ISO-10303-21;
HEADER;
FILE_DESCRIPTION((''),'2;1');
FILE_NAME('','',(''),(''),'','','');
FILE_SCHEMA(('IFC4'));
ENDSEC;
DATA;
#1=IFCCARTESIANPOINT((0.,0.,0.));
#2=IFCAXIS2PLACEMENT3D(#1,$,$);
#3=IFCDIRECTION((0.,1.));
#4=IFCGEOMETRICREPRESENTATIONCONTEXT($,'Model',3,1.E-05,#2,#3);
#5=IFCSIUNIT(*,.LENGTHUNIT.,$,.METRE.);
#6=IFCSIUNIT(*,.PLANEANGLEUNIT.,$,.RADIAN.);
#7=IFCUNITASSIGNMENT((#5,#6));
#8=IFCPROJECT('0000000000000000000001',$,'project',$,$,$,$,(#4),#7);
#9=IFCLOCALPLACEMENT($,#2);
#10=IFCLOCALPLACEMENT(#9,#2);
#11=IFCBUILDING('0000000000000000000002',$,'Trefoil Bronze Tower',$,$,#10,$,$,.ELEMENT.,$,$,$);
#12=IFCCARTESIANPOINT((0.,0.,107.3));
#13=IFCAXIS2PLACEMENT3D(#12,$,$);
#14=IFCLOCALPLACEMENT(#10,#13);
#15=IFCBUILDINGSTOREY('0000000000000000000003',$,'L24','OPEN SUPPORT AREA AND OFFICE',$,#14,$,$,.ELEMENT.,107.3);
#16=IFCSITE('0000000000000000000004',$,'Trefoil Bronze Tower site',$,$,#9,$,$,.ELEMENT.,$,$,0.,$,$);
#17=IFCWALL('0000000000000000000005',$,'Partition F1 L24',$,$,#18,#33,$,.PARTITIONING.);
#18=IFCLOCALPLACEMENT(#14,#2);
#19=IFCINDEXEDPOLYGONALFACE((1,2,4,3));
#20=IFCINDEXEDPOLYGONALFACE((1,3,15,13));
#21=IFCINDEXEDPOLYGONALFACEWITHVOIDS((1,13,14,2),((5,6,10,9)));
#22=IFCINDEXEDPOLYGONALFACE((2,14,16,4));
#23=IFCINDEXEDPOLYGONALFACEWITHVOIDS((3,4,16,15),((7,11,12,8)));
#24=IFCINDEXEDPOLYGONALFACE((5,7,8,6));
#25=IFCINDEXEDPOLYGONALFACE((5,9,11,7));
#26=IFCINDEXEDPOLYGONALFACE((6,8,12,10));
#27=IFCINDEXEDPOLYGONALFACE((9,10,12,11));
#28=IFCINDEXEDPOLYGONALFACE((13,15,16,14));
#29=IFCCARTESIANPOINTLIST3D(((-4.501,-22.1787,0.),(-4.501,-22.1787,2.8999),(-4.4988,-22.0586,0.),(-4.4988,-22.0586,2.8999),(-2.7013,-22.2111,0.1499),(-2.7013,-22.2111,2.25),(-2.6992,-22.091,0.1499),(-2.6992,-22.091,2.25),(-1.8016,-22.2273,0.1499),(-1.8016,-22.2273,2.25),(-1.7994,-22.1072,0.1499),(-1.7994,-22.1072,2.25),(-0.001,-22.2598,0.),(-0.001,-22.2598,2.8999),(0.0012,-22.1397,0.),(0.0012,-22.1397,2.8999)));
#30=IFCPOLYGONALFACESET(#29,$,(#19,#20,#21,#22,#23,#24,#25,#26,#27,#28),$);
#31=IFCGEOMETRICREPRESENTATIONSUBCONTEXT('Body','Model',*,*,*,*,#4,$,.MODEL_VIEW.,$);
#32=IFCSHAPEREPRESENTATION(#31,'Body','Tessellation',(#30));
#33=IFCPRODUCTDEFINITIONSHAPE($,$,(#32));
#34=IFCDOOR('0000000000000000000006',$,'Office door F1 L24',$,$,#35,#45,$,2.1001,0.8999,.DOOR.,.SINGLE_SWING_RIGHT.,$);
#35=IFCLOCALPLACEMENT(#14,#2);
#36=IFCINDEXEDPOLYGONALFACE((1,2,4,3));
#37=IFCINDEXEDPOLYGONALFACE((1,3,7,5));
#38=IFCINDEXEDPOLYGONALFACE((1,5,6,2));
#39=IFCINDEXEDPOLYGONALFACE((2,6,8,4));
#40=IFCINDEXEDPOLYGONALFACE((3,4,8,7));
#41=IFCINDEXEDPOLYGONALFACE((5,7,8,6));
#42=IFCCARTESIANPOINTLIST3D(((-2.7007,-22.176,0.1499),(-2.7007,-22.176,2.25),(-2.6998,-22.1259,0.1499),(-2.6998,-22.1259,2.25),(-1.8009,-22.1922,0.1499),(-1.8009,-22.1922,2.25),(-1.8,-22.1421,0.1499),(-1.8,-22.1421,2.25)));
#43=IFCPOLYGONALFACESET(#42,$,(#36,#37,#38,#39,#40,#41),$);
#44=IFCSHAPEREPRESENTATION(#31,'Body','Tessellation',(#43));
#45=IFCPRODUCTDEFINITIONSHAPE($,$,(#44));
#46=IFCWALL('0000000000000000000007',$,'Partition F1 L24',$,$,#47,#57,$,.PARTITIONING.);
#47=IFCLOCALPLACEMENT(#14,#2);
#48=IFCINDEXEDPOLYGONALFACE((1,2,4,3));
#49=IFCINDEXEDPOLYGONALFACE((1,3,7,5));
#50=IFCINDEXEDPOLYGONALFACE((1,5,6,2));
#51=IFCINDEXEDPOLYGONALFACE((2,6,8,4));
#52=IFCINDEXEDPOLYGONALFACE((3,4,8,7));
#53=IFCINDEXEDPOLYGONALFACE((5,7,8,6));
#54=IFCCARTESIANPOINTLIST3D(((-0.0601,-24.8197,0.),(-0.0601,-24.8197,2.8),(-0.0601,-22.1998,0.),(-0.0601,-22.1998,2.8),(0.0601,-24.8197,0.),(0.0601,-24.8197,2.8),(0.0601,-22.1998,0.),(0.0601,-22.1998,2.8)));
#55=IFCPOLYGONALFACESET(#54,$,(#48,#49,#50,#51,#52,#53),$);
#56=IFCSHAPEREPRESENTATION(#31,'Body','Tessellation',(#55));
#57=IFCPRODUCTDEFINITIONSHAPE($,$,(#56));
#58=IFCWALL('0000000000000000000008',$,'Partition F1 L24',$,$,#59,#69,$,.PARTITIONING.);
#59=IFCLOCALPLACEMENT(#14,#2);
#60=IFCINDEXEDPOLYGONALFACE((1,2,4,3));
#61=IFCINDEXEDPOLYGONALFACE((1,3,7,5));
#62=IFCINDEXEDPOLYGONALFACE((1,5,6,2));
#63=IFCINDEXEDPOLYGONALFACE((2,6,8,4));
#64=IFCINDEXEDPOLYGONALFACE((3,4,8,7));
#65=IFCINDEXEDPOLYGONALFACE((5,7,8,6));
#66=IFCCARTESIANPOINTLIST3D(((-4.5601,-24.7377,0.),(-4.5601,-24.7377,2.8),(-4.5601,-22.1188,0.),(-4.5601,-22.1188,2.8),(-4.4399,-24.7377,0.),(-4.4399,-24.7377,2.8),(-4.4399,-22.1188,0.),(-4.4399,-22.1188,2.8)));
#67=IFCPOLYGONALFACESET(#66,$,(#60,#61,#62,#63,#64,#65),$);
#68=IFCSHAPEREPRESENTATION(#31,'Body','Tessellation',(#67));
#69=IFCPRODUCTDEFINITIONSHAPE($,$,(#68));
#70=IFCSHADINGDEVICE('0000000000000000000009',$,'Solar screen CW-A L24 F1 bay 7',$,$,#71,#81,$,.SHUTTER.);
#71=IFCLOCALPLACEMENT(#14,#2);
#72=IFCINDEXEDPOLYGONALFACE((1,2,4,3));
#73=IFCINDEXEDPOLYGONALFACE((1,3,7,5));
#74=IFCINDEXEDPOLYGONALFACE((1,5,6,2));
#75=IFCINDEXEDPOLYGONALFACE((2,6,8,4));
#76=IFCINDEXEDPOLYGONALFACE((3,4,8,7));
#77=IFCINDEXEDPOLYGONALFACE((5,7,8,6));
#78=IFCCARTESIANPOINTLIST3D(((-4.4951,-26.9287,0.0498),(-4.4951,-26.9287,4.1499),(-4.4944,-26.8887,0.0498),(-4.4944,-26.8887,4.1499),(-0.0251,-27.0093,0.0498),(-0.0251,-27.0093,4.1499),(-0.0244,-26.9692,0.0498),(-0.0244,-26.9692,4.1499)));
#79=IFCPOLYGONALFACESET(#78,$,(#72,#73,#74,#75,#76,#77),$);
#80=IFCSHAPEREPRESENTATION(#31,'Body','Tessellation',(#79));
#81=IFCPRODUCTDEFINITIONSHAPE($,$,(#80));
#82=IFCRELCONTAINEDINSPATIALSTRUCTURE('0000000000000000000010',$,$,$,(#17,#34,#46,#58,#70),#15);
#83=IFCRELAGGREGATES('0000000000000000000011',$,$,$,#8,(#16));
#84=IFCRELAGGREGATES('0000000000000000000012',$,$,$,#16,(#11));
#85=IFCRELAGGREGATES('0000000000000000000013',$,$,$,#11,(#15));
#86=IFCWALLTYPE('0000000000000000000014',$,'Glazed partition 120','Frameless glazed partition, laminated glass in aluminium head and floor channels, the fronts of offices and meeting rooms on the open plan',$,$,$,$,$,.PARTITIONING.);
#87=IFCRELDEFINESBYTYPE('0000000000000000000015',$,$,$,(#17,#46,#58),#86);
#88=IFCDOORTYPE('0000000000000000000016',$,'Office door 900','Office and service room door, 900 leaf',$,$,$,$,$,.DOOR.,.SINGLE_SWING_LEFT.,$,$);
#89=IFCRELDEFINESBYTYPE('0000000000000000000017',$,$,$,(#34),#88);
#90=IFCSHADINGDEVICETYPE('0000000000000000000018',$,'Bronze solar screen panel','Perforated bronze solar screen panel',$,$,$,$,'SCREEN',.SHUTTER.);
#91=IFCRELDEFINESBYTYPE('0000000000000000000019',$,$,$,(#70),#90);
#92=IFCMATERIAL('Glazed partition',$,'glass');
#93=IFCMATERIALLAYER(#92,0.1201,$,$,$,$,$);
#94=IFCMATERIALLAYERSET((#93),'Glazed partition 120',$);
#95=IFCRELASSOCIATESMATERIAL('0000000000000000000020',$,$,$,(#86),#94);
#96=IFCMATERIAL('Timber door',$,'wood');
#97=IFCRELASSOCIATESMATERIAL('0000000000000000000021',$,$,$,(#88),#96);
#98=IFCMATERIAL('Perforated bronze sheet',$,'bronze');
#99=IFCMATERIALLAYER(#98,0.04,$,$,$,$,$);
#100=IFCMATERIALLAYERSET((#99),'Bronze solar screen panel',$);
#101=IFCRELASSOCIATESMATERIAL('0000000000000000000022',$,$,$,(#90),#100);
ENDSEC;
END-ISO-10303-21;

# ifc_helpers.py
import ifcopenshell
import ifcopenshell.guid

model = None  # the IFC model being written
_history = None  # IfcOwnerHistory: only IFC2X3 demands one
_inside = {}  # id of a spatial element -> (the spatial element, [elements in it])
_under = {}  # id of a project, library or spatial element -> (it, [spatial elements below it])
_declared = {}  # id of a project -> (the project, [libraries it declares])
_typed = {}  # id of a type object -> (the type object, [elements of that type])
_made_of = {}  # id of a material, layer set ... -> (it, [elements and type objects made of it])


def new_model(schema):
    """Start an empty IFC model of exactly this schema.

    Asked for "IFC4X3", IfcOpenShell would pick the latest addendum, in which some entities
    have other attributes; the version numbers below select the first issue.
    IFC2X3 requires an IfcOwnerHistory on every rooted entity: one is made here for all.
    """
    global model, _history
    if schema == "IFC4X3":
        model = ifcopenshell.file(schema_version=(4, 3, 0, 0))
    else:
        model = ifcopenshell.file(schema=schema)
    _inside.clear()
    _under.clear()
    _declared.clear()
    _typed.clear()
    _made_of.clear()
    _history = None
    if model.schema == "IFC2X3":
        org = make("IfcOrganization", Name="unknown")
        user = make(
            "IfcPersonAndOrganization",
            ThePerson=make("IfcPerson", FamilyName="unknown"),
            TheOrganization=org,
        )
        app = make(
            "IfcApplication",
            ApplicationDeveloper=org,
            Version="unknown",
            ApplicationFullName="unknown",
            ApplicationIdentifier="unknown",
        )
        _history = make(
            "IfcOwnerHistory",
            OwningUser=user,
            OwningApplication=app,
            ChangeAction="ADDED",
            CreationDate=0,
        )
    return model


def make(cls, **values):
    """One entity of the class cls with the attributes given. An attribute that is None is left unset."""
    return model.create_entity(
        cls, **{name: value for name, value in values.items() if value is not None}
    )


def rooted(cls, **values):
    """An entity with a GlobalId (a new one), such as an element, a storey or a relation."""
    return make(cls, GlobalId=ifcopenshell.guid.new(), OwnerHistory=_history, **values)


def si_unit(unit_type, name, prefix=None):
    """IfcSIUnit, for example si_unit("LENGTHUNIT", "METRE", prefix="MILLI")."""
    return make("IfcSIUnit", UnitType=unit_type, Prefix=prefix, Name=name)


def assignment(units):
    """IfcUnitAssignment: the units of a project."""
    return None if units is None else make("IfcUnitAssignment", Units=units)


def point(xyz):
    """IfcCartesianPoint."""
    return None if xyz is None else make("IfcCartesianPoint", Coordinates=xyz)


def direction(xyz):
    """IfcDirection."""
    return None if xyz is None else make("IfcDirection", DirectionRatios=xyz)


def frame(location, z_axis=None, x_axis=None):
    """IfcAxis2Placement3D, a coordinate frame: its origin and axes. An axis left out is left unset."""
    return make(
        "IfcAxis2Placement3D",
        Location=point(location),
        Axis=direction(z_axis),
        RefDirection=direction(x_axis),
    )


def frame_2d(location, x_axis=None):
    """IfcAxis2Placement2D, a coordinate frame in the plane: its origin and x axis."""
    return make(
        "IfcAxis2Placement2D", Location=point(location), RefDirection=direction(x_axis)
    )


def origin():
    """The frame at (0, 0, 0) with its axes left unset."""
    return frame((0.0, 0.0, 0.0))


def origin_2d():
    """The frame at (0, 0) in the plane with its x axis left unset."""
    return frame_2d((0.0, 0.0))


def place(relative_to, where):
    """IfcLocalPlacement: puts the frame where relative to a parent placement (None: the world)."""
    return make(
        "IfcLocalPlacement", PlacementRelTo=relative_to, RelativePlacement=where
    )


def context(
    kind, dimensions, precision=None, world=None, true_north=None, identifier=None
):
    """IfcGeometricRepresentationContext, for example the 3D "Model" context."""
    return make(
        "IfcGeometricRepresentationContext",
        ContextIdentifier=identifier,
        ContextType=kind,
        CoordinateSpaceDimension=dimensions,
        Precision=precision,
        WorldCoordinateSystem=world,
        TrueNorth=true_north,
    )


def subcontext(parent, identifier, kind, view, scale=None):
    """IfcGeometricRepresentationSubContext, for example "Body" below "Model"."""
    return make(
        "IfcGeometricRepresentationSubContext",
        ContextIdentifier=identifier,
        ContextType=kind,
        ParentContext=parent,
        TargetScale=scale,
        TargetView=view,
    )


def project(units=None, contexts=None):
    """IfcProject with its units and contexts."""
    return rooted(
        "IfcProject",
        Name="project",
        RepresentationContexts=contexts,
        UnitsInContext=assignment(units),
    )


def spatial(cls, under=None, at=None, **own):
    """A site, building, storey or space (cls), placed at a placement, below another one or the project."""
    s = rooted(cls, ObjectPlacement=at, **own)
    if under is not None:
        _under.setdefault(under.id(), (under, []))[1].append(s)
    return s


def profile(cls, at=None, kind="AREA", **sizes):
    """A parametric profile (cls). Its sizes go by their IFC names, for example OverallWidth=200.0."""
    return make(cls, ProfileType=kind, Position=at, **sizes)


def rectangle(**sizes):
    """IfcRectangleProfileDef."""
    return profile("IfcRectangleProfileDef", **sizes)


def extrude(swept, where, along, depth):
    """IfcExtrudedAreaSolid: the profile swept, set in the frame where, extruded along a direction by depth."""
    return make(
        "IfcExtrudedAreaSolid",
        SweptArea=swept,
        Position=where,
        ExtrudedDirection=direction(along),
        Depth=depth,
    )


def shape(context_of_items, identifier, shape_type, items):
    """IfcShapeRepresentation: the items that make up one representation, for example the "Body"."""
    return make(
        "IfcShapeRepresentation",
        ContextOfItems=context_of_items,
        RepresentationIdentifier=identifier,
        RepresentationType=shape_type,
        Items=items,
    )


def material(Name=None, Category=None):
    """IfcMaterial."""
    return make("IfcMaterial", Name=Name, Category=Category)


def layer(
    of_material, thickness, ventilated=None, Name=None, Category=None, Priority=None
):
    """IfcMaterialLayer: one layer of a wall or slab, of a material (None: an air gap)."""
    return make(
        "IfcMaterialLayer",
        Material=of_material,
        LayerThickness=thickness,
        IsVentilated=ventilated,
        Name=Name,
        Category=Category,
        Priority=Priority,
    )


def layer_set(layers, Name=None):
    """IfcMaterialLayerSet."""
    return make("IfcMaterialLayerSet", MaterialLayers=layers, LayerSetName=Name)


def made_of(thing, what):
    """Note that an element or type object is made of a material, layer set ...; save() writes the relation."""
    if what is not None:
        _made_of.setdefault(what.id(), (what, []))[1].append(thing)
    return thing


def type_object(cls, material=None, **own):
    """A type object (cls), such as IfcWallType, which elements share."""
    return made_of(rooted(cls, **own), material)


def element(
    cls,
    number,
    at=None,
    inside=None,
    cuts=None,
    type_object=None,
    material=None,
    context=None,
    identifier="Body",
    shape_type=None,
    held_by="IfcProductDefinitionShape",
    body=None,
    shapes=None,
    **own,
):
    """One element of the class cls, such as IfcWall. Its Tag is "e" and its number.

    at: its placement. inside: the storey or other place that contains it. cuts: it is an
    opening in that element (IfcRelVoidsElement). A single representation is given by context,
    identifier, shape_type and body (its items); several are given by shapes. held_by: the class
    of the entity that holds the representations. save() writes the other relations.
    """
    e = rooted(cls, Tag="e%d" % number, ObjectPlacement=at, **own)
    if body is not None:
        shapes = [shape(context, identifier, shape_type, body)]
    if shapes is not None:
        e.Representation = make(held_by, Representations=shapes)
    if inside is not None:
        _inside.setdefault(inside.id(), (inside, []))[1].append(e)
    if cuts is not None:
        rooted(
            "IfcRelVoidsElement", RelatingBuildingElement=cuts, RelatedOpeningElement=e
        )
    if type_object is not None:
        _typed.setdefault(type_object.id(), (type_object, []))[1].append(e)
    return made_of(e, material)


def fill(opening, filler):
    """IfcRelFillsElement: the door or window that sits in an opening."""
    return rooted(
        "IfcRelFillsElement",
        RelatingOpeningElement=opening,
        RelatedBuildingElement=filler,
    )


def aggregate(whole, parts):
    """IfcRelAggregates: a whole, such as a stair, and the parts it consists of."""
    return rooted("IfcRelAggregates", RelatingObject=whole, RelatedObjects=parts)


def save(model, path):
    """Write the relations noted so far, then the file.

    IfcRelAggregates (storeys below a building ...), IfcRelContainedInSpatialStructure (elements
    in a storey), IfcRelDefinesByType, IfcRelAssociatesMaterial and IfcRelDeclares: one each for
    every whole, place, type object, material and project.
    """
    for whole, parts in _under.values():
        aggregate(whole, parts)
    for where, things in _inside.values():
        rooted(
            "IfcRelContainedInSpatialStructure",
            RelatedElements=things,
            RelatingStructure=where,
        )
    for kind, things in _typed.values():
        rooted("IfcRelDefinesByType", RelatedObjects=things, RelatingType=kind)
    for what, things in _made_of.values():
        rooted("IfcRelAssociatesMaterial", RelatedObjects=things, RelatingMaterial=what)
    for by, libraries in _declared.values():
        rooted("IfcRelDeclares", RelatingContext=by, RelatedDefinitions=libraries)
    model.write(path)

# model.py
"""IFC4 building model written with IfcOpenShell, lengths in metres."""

from ifc_helpers import new_model, si_unit, direction, frame, frame_2d, origin, origin_2d, place, context, subcontext, project, spatial, rectangle, extrude, material, layer, layer_set, type_object, element, fill, save


model = new_model("IFC4")

# Units and contexts
model_context = context("Model", 3, precision=1e-05, world=origin(), true_north=direction((0.0, 1.0)))
body_context = subcontext(model_context, "Body", "Model", "MODEL_VIEW")
ifc_project = project(units=[si_unit("LENGTHUNIT", "METRE"), si_unit("PLANEANGLEUNIT", "RADIAN")], contexts=[model_context])

# Site, building, storey
site_placement = place(None, origin())
site = spatial("IfcSite", under=ifc_project, at=site_placement, Name="Trefoil Bronze Tower site", CompositionType="ELEMENT", RefElevation=0.0)
building_placement = place(site_placement, origin())
building = spatial("IfcBuilding", under=site, at=building_placement, Name="Trefoil Bronze Tower", CompositionType="ELEMENT")
storey_placement = place(building_placement, frame((0.0, 0.0, 107.3)))
storey = spatial("IfcBuildingStorey", under=building, at=storey_placement, Name="L24", Description="OPEN SUPPORT AREA AND OFFICE", CompositionType="ELEMENT", Elevation=107.3)

# Wall, opening, door
ifc_material_1 = material(Name="Glazed partition", Category="glass")
ifc_layer_1 = layer(ifc_material_1, 0.1201)
ifc_layer_set_1 = layer_set([ifc_layer_1], Name="Glazed partition 120")
wall_type = type_object("IfcWallType", Name="Glazed partition 120", Description="Frameless glazed partition, laminated glass in aluminium head and floor channels, the fronts of offices and meeting rooms on the open plan", PredefinedType="PARTITIONING", material=ifc_layer_set_1)
ifc_material_2 = material(Name="Timber door", Category="wood")
door_type_1 = type_object("IfcDoorType", Name="Office door 900", Description="Office and service room door, 900 leaf", OperationType="SINGLE_SWING_LEFT", PredefinedType="DOOR", material=ifc_material_2)
wall_1_placement = place(storey_placement, frame((-4.5, -22.1187, 0.0), z_axis=(0.0, 0.0, 1.0), x_axis=(0.999838, -0.018009, 0.0)))
wall_1 = element("IfcWall", 1, at=wall_1_placement, inside=storey, type_object=wall_type, Name="Partition F1 L24", PredefinedType="PARTITIONING", context=body_context, shape_type="SweptSolid", body=[
    extrude(rectangle(XDim=4.5007, YDim=0.1201, at=frame_2d((2.2505, 0.0))), origin(), (0.0, 0.0, 1.0), 2.8999),
])
opening_1_placement = place(wall_1_placement, frame((1.8, 0.0, 0.1499)))
opening_1 = element("IfcOpeningElement", 2, at=opening_1_placement, cuts=wall_1, PredefinedType="OPENING", context=body_context, shape_type="SweptSolid", body=[
    extrude(rectangle(XDim=0.8999, YDim=2.1001, at=frame_2d((0.45, 1.05))), frame((0.0, 0.0701, 0.0), z_axis=(0.0, -1.0, 0.0), x_axis=(1.0, 0.0, 0.0)), (0.0, 0.0, 1.0), 0.1401),
])
door_1_placement = place(opening_1_placement, frame((0.8999, 0.0, 0.0), z_axis=(0.0, 0.0, 1.0), x_axis=(-1.0, 0.0, 0.0)))
door_1 = element("IfcDoor", 3, at=door_1_placement, inside=storey, type_object=door_type_1, Name="Office door F1 L24", OperationType="SINGLE_SWING_RIGHT", OverallHeight=2.1001, OverallWidth=0.8999, PredefinedType="DOOR", context=body_context, shape_type="SweptSolid", body=[
    extrude(rectangle(XDim=0.8999, YDim=2.1001, at=frame_2d((0.45, 1.05))), frame((0.0, 0.0249, 0.0), z_axis=(0.0, -1.0, 0.0), x_axis=(1.0, 0.0, 0.0)), (0.0, 0.0, 1.0), 0.05),
])
fill(opening_1, door_1)

# Walls
wall_2_placement = place(storey_placement, frame((0.0, -22.1997, 0.0), z_axis=(0.0, 0.0, 1.0), x_axis=(0.0, -1.0, 0.0)))
element("IfcWall", 4, at=wall_2_placement, inside=storey, type_object=wall_type, Name="Partition F1 L24", PredefinedType="PARTITIONING", context=body_context, shape_type="SweptSolid", body=[
    extrude(rectangle(XDim=2.6199, YDim=0.1201, at=frame_2d((1.3101, 0.0))), origin(), (0.0, 0.0, 1.0), 2.8),
])
wall_3_placement = place(storey_placement, frame((-4.5, -22.1187, 0.0), z_axis=(0.0, 0.0, 1.0), x_axis=(0.0, -1.0, 0.0)))
element("IfcWall", 5, at=wall_3_placement, inside=storey, type_object=wall_type, Name="Partition F1 L24", PredefinedType="PARTITIONING", context=body_context, shape_type="SweptSolid", body=[
    extrude(rectangle(XDim=2.6189, YDim=0.1201, at=frame_2d((1.3096, 0.0))), origin(), (0.0, 0.0, 1.0), 2.8),
])

# Shading device
ifc_material_3 = material(Name="Perforated bronze sheet", Category="bronze")
ifc_layer_2 = layer(ifc_material_3, 0.04)
ifc_layer_set_2 = layer_set([ifc_layer_2], Name="Bronze solar screen panel")
shading_device_type = type_object("IfcShadingDeviceType", Name="Bronze solar screen panel", Description="Perforated bronze solar screen panel", ElementType="SCREEN", PredefinedType="SHUTTER", material=ifc_layer_set_2)
shading_device_placement = place(storey_placement, frame((-2.2598, -26.949, 0.0498), z_axis=(0.0, 0.0, 1.0), x_axis=(0.999838, -0.018021, 0.0)))
element("IfcShadingDevice", 6, at=shading_device_placement, inside=storey, type_object=shading_device_type, Name="Solar screen CW-A L24 F1 bay 7", PredefinedType="SHUTTER", context=body_context, shape_type="SweptSolid", body=[
    extrude(rectangle(XDim=4.4707, YDim=0.04, at=origin_2d()), origin(), (0.0, 0.0, 1.0), 4.1001),
])

save(model, "model.ifc")
